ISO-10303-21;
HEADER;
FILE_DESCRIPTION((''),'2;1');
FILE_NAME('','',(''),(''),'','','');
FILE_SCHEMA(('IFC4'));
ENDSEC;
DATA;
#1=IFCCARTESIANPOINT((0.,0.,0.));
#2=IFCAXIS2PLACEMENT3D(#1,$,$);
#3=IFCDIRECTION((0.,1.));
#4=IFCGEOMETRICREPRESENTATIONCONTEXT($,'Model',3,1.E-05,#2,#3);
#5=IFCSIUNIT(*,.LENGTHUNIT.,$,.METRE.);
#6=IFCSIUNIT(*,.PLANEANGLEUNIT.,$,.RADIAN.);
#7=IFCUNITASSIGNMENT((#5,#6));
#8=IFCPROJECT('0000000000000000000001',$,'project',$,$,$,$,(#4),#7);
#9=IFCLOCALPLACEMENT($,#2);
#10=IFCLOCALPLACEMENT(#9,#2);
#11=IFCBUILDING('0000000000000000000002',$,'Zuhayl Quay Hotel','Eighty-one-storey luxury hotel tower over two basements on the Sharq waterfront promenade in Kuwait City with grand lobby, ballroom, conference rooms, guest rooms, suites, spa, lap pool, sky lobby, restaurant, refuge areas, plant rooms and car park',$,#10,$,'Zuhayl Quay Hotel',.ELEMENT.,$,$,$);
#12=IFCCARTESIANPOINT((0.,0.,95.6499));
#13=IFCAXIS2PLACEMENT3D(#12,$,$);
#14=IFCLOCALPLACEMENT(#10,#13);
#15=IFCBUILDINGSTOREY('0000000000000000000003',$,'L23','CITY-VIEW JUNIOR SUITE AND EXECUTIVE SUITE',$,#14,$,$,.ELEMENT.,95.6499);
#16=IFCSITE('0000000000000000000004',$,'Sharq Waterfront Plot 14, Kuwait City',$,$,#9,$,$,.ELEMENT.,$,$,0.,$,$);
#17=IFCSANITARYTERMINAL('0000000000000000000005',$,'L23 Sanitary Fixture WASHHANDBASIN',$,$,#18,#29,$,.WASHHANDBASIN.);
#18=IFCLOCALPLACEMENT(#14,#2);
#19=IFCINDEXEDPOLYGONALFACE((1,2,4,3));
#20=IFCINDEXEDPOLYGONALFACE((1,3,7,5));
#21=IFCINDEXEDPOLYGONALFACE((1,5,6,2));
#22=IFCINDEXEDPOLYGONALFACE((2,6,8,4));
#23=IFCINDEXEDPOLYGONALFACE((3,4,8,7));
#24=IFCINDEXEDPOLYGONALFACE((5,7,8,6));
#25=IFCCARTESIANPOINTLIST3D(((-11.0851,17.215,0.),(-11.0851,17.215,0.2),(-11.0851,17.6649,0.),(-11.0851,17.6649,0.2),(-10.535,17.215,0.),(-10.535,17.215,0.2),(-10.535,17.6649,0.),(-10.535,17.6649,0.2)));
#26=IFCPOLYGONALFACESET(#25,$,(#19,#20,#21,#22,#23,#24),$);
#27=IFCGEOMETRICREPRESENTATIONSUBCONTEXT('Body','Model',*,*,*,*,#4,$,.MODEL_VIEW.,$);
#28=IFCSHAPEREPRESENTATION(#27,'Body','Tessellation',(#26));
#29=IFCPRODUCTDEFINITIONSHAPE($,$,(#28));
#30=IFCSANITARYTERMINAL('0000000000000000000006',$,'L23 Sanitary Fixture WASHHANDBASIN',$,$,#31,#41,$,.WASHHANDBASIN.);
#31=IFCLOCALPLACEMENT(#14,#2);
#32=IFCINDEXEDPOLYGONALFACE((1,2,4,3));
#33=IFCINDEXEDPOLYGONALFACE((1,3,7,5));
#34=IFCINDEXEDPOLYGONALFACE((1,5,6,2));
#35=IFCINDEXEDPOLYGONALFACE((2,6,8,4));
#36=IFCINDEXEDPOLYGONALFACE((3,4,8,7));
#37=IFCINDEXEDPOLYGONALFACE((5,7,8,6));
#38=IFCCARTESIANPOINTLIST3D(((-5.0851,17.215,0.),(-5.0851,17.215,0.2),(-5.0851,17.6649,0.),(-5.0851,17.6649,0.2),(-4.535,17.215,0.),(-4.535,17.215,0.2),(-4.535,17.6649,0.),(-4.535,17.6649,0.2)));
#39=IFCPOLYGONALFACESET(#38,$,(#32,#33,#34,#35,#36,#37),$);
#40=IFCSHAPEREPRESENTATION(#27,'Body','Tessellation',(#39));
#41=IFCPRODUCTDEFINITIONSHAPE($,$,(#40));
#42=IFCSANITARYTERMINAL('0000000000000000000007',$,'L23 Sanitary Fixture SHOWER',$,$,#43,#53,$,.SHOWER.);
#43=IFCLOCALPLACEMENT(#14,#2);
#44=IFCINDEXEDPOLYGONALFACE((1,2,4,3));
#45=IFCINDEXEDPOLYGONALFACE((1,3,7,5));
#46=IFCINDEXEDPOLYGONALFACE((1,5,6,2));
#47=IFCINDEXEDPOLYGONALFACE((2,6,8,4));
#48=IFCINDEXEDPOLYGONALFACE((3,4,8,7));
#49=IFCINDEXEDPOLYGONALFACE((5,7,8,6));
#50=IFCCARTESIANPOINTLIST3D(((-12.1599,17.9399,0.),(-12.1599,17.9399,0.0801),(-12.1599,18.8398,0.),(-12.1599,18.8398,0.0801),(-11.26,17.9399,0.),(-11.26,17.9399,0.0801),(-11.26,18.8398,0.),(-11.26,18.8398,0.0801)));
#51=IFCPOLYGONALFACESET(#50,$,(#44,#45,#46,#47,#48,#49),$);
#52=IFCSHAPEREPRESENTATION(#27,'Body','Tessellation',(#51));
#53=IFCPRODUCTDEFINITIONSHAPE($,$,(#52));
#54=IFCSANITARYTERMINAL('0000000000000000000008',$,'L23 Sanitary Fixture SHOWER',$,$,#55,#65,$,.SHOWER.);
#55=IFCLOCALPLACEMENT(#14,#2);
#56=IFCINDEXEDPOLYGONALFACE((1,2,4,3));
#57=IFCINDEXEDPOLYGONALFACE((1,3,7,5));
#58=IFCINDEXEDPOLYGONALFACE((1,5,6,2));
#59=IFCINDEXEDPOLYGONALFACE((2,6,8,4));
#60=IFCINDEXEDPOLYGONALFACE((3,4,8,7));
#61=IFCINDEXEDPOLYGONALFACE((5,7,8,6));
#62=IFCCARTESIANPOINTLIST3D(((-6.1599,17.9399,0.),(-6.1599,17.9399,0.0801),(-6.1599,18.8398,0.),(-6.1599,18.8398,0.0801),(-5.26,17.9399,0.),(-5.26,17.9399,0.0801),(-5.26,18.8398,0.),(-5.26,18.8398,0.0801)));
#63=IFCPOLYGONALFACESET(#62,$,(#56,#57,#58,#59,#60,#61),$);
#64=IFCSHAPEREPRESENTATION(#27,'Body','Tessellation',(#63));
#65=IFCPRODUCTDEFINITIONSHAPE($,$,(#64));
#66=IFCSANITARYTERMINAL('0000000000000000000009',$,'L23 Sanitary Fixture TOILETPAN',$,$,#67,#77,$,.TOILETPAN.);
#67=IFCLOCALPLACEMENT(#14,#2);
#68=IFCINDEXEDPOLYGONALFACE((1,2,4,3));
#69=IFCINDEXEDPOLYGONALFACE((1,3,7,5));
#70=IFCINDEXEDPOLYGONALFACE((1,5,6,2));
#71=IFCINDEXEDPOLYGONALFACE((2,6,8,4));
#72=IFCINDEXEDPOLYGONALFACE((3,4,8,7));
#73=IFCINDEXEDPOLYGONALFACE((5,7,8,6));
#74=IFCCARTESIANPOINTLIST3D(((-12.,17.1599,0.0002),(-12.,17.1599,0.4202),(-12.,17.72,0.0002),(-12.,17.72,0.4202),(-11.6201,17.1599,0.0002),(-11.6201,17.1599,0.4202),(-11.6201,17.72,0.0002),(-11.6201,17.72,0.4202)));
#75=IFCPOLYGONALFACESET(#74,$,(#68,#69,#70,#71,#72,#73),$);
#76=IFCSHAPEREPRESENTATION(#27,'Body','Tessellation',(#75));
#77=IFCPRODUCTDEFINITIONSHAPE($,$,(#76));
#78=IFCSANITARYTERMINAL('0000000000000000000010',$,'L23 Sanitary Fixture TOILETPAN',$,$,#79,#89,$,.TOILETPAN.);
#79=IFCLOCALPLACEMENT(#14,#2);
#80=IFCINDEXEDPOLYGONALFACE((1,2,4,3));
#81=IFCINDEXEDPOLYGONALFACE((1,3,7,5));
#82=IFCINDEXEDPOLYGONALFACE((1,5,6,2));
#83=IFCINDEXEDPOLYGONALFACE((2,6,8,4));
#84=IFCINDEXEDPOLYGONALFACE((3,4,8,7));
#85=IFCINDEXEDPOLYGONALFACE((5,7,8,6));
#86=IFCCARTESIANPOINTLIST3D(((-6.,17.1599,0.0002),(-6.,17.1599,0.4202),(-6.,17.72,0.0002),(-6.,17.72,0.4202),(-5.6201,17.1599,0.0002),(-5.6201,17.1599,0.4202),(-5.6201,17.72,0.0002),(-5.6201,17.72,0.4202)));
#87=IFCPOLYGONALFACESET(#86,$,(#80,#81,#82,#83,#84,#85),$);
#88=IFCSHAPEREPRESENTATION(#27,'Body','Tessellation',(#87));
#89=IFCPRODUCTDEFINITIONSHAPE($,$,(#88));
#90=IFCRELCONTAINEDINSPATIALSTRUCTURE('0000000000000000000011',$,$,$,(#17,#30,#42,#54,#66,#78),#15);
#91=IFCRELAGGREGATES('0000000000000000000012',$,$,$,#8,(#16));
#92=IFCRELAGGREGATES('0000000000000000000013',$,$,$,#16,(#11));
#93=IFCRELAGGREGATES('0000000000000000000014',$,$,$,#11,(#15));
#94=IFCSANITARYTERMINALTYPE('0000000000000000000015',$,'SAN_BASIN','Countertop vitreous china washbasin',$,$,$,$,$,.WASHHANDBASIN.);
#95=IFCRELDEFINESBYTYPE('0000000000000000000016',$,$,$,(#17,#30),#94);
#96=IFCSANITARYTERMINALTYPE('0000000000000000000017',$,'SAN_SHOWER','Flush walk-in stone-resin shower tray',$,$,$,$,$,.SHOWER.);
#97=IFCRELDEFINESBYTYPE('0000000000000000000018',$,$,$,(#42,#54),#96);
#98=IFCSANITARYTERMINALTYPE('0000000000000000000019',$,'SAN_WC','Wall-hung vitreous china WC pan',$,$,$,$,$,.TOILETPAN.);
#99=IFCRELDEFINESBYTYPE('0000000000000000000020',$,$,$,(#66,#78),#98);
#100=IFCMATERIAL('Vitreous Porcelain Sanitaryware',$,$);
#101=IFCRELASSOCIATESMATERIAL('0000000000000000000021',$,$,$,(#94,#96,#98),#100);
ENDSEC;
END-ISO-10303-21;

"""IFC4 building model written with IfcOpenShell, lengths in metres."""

from ifc_helpers import new_model, si_unit, direction, frame, origin, origin_2d, place, context, subcontext, project, spatial, rectangle, extrude, material, type_object, element, save


model = new_model("IFC4")

# Units and contexts
model_context = context("Model", 3, precision=1e-05, world=origin(), true_north=direction((0.0, 1.0)))
body_context = subcontext(model_context, "Body", "Model", "MODEL_VIEW")
ifc_project = project(units=[si_unit("LENGTHUNIT", "METRE"), si_unit("PLANEANGLEUNIT", "RADIAN")], contexts=[model_context])

# Site, building, storey
site_placement = place(None, origin())
site = spatial("IfcSite", under=ifc_project, at=site_placement, Name="Sharq Waterfront Plot 14, Kuwait City", CompositionType="ELEMENT", RefElevation=0.0)
building_placement = place(site_placement, origin())
building = spatial("IfcBuilding", under=site, at=building_placement, Name="Zuhayl Quay Hotel", Description="Eighty-one-storey luxury hotel tower over two basements on the Sharq waterfront promenade in Kuwait City with grand lobby, ballroom, conference rooms, guest rooms, suites, spa, lap pool, sky lobby, restaurant, refuge areas, plant rooms and car park", LongName="Zuhayl Quay Hotel", CompositionType="ELEMENT")
storey_placement = place(building_placement, frame((0.0, 0.0, 95.6499)))
storey = spatial("IfcBuildingStorey", under=building, at=storey_placement, Name="L23", Description="CITY-VIEW JUNIOR SUITE AND EXECUTIVE SUITE", CompositionType="ELEMENT", Elevation=95.6499)

# Sanitary terminals
ifc_material_1 = material(Name="Vitreous Porcelain Sanitaryware")
sanitary_terminal_type_1 = type_object("IfcSanitaryTerminalType", Name="SAN_BASIN", Description="Countertop vitreous china washbasin", PredefinedType="WASHHANDBASIN", material=ifc_material_1)
for number, where, z_axis, x_axis, name in (
    (1, (-10.8101, 17.4399, 0.0), (0.0, 0.0, 1.0), (1.0, 0.0, 0.0), "L23 Sanitary Fixture WASHHANDBASIN"),
    (2, (-4.8101, 17.4399, 0.0), (0.0, 0.0, 1.0), (1.0, 0.0, 0.0), "L23 Sanitary Fixture WASHHANDBASIN"),
):
    element("IfcSanitaryTerminal", number, at=place(storey_placement, frame(where, z_axis=z_axis, x_axis=x_axis)), inside=storey, type_object=sanitary_terminal_type_1, Name=name, PredefinedType="WASHHANDBASIN", context=body_context, shape_type="SweptSolid", body=[
        extrude(rectangle(XDim=0.55, YDim=0.45, at=origin_2d()), origin(), (0.0, 0.0, 1.0), 0.2),
    ])
sanitary_terminal_type_2 = type_object("IfcSanitaryTerminalType", Name="SAN_SHOWER", Description="Flush walk-in stone-resin shower tray", PredefinedType="SHOWER", material=ifc_material_1)
for number, where, z_axis, x_axis, name in (
    (3, (-11.71, 18.3899, 0.0), (0.0, 0.0, 1.0), (1.0, 0.0, 0.0), "L23 Sanitary Fixture SHOWER"),
    (4, (-5.71, 18.3899, 0.0), (0.0, 0.0, 1.0), (1.0, 0.0, 0.0), "L23 Sanitary Fixture SHOWER"),
):
    element("IfcSanitaryTerminal", number, at=place(storey_placement, frame(where, z_axis=z_axis, x_axis=x_axis)), inside=storey, type_object=sanitary_terminal_type_2, Name=name, PredefinedType="SHOWER", context=body_context, shape_type="SweptSolid", body=[
        extrude(rectangle(XDim=0.8999, YDim=0.8999, at=origin_2d()), origin(), (0.0, 0.0, 1.0), 0.0801),
    ])
sanitary_terminal_type_3 = type_object("IfcSanitaryTerminalType", Name="SAN_WC", Description="Wall-hung vitreous china WC pan", PredefinedType="TOILETPAN", material=ifc_material_1)
for number, where, z_axis, x_axis, name in (
    (5, (-11.8101, 17.4399, 0.0002), (0.0, 0.0, 1.0), (1.0, 0.0, 0.0), "L23 Sanitary Fixture TOILETPAN"),
    (6, (-5.8101, 17.4399, 0.0002), (0.0, 0.0, 1.0), (1.0, 0.0, 0.0), "L23 Sanitary Fixture TOILETPAN"),
):
    element("IfcSanitaryTerminal", number, at=place(storey_placement, frame(where, z_axis=z_axis, x_axis=x_axis)), inside=storey, type_object=sanitary_terminal_type_3, Name=name, PredefinedType="TOILETPAN", context=body_context, shape_type="SweptSolid", body=[
        extrude(rectangle(XDim=0.3799, YDim=0.5601, at=origin_2d()), origin(), (0.0, 0.0, 1.0), 0.4199),
    ])

save(model, "model.ifc")
